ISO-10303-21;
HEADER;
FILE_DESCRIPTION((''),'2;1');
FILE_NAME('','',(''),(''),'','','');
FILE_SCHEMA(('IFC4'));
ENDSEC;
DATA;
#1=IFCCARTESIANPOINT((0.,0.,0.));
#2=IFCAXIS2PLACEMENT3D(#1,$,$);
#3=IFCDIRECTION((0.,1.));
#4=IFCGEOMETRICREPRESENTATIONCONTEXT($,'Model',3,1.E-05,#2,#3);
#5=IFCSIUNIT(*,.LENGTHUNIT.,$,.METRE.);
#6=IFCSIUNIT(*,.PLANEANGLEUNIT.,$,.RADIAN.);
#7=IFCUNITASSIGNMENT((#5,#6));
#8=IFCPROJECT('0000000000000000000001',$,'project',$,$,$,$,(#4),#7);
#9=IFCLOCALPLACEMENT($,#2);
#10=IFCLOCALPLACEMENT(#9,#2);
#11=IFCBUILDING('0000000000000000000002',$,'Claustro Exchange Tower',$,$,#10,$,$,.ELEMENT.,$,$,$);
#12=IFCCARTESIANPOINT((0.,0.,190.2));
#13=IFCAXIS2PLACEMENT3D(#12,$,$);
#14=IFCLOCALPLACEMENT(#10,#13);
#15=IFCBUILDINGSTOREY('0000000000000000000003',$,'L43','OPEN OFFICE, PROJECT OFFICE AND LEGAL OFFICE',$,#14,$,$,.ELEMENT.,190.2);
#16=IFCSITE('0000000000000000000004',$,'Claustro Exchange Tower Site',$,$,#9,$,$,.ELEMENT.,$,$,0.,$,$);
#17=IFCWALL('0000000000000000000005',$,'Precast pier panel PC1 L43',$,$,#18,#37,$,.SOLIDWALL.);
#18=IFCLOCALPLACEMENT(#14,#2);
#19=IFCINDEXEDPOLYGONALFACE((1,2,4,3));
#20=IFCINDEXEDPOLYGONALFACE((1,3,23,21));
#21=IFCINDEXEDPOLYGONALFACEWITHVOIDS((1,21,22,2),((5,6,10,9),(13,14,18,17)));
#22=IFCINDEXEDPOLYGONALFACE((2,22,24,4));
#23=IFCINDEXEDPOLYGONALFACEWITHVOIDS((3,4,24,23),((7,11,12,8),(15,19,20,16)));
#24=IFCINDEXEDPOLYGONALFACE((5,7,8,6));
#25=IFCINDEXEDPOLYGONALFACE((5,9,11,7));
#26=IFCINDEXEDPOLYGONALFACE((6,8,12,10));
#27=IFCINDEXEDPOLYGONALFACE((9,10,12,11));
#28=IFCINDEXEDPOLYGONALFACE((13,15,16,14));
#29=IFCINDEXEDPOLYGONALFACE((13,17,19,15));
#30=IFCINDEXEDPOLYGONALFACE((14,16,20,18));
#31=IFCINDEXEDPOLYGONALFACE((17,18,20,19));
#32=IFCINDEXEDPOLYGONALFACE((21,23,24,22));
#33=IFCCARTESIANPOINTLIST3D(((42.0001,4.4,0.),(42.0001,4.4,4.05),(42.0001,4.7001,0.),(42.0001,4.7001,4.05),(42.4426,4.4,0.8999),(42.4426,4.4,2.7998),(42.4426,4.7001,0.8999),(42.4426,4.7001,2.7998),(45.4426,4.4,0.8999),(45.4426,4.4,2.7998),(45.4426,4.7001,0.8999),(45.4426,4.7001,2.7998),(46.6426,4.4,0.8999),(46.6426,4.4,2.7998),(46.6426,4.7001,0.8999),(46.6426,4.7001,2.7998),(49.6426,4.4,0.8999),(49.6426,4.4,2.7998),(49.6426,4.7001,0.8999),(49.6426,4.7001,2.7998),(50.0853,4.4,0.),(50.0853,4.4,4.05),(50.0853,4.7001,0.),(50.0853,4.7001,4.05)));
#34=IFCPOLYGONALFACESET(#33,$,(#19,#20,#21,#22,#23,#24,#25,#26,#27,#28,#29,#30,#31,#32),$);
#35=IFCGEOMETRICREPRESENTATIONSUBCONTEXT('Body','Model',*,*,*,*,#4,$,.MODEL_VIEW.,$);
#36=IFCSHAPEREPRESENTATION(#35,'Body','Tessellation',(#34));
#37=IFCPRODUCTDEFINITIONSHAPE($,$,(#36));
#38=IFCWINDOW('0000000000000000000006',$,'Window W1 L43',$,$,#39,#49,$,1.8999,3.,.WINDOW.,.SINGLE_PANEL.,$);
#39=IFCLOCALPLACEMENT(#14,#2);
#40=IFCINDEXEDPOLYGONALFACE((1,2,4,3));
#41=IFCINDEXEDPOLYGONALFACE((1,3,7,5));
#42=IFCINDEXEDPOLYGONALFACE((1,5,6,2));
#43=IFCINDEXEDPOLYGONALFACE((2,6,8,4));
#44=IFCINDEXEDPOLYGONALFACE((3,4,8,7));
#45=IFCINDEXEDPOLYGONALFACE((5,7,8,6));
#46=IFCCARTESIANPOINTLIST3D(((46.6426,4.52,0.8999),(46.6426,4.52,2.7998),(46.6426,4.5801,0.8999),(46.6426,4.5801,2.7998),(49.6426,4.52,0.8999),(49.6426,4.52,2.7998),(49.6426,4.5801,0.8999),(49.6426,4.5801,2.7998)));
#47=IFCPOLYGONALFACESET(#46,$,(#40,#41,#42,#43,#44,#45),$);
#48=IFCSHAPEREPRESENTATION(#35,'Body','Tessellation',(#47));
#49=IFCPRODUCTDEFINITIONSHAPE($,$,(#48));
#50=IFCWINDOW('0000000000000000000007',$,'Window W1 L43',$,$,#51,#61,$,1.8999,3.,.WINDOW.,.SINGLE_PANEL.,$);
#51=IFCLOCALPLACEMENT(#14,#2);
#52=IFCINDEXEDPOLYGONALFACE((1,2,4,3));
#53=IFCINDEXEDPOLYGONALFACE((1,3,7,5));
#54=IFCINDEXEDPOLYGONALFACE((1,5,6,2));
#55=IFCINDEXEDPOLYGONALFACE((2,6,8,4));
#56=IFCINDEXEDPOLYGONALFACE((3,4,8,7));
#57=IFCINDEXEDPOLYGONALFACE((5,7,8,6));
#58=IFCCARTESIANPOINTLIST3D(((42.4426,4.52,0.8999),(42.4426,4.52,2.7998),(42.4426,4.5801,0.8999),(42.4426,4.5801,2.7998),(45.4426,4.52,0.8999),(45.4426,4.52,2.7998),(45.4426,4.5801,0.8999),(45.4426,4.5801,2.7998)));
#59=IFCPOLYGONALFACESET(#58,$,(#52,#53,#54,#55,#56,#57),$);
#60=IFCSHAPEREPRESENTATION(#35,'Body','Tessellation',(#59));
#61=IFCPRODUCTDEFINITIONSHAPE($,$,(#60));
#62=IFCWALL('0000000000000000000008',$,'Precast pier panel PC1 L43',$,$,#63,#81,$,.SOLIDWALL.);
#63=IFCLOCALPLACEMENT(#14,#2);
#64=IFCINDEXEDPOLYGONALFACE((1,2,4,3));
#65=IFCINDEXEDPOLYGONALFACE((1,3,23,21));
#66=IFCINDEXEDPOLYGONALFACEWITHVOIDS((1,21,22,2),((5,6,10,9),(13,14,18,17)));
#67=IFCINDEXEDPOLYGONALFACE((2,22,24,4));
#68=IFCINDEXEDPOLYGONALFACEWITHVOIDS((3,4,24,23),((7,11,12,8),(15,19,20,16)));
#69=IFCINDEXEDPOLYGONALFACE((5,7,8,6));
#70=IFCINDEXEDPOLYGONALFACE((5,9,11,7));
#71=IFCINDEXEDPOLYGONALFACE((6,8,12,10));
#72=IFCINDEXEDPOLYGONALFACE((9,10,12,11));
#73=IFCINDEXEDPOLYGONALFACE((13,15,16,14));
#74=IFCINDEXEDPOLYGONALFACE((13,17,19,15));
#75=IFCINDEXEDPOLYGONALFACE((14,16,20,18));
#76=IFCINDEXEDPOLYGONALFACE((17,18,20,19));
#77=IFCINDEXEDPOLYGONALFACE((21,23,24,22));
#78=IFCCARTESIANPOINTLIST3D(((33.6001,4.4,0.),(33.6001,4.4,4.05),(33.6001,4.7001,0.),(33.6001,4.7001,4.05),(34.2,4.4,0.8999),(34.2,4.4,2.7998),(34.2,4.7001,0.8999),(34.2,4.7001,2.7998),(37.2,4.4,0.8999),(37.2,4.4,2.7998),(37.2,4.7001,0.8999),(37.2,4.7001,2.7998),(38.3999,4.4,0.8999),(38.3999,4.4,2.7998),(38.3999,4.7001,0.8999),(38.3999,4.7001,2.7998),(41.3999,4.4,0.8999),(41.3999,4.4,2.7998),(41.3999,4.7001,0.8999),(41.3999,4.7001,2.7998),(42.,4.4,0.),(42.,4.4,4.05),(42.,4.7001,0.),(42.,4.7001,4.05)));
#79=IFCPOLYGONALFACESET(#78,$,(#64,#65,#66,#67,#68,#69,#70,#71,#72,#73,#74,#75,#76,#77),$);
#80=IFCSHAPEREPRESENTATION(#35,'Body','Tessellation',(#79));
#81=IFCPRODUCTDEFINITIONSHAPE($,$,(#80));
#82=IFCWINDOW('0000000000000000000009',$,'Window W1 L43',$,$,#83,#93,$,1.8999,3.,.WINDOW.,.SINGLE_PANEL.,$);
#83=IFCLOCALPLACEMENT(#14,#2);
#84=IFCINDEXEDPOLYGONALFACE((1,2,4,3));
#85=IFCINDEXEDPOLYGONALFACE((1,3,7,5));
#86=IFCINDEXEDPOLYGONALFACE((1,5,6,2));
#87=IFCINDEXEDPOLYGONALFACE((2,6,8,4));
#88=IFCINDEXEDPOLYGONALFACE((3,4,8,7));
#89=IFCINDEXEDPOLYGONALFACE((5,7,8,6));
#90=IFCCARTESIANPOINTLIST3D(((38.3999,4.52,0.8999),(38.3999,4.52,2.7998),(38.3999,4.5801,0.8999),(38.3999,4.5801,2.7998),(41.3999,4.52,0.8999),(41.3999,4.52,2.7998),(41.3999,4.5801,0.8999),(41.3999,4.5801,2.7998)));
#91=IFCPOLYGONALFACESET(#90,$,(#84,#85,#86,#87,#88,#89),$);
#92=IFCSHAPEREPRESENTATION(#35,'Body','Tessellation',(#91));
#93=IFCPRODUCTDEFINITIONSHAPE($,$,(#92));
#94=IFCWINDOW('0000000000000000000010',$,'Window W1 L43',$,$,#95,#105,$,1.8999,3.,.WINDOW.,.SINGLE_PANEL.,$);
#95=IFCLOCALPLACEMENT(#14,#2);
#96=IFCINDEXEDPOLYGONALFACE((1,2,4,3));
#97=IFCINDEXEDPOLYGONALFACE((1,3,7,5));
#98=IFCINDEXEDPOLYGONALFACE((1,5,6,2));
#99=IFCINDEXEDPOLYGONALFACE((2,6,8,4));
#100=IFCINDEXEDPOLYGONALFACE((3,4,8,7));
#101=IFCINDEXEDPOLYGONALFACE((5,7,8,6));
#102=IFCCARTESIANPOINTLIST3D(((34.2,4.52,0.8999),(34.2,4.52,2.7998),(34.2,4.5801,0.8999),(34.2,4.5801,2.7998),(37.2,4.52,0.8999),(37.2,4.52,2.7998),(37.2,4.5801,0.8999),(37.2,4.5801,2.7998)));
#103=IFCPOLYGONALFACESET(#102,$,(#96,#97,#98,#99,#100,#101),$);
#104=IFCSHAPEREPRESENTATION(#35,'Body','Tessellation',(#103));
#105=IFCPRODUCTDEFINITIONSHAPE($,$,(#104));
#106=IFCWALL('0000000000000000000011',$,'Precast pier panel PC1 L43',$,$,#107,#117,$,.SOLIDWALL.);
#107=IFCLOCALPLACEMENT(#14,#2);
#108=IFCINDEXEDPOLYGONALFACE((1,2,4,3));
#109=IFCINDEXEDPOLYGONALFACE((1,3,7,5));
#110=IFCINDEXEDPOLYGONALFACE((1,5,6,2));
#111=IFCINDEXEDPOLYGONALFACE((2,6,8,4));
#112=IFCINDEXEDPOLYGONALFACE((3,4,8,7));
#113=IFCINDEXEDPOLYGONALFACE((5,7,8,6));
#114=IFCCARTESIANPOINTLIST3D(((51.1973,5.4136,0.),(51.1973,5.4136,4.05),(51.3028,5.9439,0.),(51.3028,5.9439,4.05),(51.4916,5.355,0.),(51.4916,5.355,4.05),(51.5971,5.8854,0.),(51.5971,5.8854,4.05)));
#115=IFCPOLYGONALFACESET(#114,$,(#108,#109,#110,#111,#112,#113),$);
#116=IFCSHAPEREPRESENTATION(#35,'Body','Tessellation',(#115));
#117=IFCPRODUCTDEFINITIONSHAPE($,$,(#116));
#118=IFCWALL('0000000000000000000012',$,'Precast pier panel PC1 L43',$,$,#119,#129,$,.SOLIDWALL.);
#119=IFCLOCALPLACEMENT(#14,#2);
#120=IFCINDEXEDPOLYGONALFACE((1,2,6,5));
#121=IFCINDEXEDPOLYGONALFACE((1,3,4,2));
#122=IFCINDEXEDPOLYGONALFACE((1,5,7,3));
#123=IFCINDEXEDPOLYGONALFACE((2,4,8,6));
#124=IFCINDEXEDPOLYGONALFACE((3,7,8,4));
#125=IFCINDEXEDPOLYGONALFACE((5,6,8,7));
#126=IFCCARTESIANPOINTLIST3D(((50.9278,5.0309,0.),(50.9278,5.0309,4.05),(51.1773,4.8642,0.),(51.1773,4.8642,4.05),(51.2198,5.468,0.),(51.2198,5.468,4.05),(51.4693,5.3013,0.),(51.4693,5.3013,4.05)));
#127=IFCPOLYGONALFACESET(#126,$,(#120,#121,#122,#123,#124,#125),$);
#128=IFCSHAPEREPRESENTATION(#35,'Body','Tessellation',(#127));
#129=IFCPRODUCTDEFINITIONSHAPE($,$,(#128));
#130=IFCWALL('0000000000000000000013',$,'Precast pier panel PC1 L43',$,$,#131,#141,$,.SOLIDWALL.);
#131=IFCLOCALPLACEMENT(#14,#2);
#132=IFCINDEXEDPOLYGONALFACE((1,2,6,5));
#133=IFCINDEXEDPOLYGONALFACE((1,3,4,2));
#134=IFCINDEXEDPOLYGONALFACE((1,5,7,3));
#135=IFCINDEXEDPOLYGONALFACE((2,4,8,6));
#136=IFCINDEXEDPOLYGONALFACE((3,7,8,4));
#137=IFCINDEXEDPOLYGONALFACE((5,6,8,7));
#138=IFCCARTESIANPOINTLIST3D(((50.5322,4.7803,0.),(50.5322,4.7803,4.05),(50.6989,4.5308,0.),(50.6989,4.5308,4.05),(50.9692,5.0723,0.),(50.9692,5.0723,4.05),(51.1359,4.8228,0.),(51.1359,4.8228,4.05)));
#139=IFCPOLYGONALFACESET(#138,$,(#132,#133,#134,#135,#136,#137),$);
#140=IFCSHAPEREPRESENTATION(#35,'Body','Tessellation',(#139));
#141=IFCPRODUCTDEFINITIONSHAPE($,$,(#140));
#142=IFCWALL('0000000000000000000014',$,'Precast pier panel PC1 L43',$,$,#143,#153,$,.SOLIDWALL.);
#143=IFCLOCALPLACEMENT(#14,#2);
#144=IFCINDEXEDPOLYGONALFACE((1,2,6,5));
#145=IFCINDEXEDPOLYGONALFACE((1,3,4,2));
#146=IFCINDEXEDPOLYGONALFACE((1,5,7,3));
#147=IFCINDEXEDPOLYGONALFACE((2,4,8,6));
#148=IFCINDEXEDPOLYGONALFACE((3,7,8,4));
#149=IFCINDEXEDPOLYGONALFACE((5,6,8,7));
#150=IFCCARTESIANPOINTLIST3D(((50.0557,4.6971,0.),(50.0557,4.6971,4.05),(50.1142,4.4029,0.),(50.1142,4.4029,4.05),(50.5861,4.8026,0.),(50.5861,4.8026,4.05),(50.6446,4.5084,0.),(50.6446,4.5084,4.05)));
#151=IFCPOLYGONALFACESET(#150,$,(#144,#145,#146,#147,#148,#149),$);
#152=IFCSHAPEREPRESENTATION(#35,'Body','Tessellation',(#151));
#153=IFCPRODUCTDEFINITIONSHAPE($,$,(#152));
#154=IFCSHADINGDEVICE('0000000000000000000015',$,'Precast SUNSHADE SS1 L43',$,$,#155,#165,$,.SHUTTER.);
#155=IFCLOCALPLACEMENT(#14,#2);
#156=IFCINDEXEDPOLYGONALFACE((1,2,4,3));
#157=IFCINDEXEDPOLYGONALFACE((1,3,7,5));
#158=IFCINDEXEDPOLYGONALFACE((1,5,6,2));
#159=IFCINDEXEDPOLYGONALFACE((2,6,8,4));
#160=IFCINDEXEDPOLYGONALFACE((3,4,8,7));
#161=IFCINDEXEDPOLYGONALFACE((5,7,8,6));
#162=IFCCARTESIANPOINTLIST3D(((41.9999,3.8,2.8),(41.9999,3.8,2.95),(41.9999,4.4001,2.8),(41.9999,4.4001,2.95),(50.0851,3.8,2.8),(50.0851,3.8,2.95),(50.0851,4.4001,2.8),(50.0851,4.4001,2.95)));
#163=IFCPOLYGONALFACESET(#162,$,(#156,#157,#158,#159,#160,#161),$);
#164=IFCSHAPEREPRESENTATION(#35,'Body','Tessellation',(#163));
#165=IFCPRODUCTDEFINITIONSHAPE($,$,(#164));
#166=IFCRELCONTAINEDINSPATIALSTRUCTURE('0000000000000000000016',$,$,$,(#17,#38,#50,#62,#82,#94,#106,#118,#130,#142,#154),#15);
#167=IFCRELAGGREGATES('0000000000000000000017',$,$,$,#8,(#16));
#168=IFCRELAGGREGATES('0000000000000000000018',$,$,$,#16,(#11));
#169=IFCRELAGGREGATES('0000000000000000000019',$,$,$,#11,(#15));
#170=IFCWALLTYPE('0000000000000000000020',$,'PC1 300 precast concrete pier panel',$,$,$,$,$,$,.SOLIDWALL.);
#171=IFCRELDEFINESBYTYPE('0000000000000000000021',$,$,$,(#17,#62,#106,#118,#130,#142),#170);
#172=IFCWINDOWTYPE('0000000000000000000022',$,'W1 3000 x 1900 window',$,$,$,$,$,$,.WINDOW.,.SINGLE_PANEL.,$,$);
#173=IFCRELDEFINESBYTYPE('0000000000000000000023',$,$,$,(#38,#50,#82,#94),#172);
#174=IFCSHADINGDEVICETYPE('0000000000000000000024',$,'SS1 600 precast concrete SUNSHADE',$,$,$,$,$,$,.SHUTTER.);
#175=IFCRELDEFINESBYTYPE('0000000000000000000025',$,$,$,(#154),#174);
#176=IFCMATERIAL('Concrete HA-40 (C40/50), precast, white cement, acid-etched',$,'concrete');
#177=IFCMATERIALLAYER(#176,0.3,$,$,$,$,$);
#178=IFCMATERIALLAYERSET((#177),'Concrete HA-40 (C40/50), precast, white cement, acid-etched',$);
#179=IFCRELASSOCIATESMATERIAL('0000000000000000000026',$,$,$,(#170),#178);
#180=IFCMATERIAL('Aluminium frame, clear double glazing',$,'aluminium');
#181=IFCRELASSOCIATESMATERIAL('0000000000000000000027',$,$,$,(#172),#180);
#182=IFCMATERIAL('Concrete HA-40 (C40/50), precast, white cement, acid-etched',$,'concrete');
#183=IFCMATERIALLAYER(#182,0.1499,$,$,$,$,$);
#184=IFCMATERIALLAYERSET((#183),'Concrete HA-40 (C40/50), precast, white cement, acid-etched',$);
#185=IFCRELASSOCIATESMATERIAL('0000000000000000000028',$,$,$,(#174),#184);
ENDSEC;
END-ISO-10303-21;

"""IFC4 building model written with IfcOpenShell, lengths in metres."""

from ifc_helpers import new_model, si_unit, direction, frame, frame_2d, origin, origin_2d, place, context, subcontext, project, spatial, rectangle, extrude, material, layer, layer_set, type_object, element, fill, save


model = new_model("IFC4")

# Units and contexts
model_context = context("Model", 3, precision=1e-05, world=origin(), true_north=direction((0.0, 1.0)))
body_context = subcontext(model_context, "Body", "Model", "MODEL_VIEW")
ifc_project = project(units=[si_unit("LENGTHUNIT", "METRE"), si_unit("PLANEANGLEUNIT", "RADIAN")], contexts=[model_context])

# Site, building, storey
site_placement = place(None, origin())
site = spatial("IfcSite", under=ifc_project, at=site_placement, Name="Claustro Exchange Tower Site", CompositionType="ELEMENT", RefElevation=0.0)
building_placement = place(site_placement, origin())
building = spatial("IfcBuilding", under=site, at=building_placement, Name="Claustro Exchange Tower", CompositionType="ELEMENT")
storey_placement = place(building_placement, frame((0.0, 0.0, 190.2)))
storey = spatial("IfcBuildingStorey", under=building, at=storey_placement, Name="L43", Description="OPEN OFFICE, PROJECT OFFICE AND LEGAL OFFICE", CompositionType="ELEMENT", Elevation=190.2)

# Walls, openings, windows
ifc_material_1 = material(Name="Concrete HA-40 (C40/50), precast, white cement, acid-etched", Category="concrete")
ifc_layer_1 = layer(ifc_material_1, 0.3)
ifc_layer_set_1 = layer_set([ifc_layer_1], Name="Concrete HA-40 (C40/50), precast, white cement, acid-etched")
wall_type_1 = type_object("IfcWallType", Name="PC1 300 precast concrete pier panel", PredefinedType="SOLIDWALL", material=ifc_layer_set_1)
wall_1_placement = place(storey_placement, frame((50.0852, 4.55, 0.0), z_axis=(0.0, 0.0, 1.0), x_axis=(-1.0, 0.0, 0.0)))
wall_1 = element("IfcWall", 1, at=wall_1_placement, inside=storey, type_object=wall_type_1, Name="Precast pier panel PC1 L43", PredefinedType="SOLIDWALL", context=body_context, shape_type="SweptSolid", body=[
    extrude(rectangle(XDim=8.0852, YDim=0.3, at=frame_2d((4.0425, 0.0))), origin(), (0.0, 0.0, 1.0), 4.05),
])
opening_1_placement = place(wall_1_placement, frame((0.4426, 0.0, 0.8999)))
opening_1 = element("IfcOpeningElement", 2, at=opening_1_placement, cuts=wall_1, PredefinedType="OPENING", context=body_context, shape_type="SweptSolid", body=[
    extrude(rectangle(XDim=3.0, YDim=1.8999, at=frame_2d((1.5, 0.95))), frame((0.0, 0.1599, 0.0), z_axis=(0.0, -1.0, 0.0), x_axis=(1.0, 0.0, 0.0)), (0.0, 0.0, 1.0), 0.3201),
])
opening_2_placement = place(wall_1_placement, frame((4.6426, 0.0, 0.8999)))
opening_2 = element("IfcOpeningElement", 3, at=opening_2_placement, cuts=wall_1, PredefinedType="OPENING", context=body_context, shape_type="SweptSolid", body=[
    extrude(rectangle(XDim=3.0, YDim=1.8999, at=frame_2d((1.5, 0.95))), frame((0.0, 0.1599, 0.0), z_axis=(0.0, -1.0, 0.0), x_axis=(1.0, 0.0, 0.0)), (0.0, 0.0, 1.0), 0.3201),
])
ifc_material_2 = material(Name="Aluminium frame, clear double glazing", Category="aluminium")
window_type = type_object("IfcWindowType", Name="W1 3000 x 1900 window", PartitioningType="SINGLE_PANEL", PredefinedType="WINDOW", material=ifc_material_2)
window_1_placement = place(opening_1_placement, origin())
window_1 = element("IfcWindow", 4, at=window_1_placement, inside=storey, type_object=window_type, Name="Window W1 L43", OverallHeight=1.8999, OverallWidth=3.0, PartitioningType="SINGLE_PANEL", PredefinedType="WINDOW", context=body_context, shape_type="SweptSolid", body=[
    extrude(rectangle(XDim=3.0, YDim=1.8999, at=frame_2d((1.5, 0.95))), frame((0.0, 0.03, 0.0), z_axis=(0.0, -1.0, 0.0), x_axis=(1.0, 0.0, 0.0)), (0.0, 0.0, 1.0), 0.0601),
])
fill(opening_1, window_1)
window_2_placement = place(opening_2_placement, origin())
window_2 = element("IfcWindow", 5, at=window_2_placement, inside=storey, type_object=window_type, Name="Window W1 L43", OverallHeight=1.8999, OverallWidth=3.0, PartitioningType="SINGLE_PANEL", PredefinedType="WINDOW", context=body_context, shape_type="SweptSolid", body=[
    extrude(rectangle(XDim=3.0, YDim=1.8999, at=frame_2d((1.5, 0.95))), frame((0.0, 0.03, 0.0), z_axis=(0.0, -1.0, 0.0), x_axis=(1.0, 0.0, 0.0)), (0.0, 0.0, 1.0), 0.0601),
])
fill(opening_2, window_2)
wall_2_placement = place(storey_placement, frame((42.0, 4.55, 0.0), z_axis=(0.0, 0.0, 1.0), x_axis=(-1.0, 0.0, 0.0)))
wall_2 = element("IfcWall", 6, at=wall_2_placement, inside=storey, type_object=wall_type_1, Name="Precast pier panel PC1 L43", PredefinedType="SOLIDWALL", context=body_context, shape_type="SweptSolid", body=[
    extrude(rectangle(XDim=8.3999, YDim=0.3, at=frame_2d((4.2, 0.0))), origin(), (0.0, 0.0, 1.0), 4.05),
])
opening_3_placement = place(wall_2_placement, frame((0.6001, 0.0, 0.8999)))
opening_3 = element("IfcOpeningElement", 7, at=opening_3_placement, cuts=wall_2, PredefinedType="OPENING", context=body_context, shape_type="SweptSolid", body=[
    extrude(rectangle(XDim=3.0, YDim=1.8999, at=frame_2d((1.5, 0.95))), frame((0.0, 0.1599, 0.0), z_axis=(0.0, -1.0, 0.0), x_axis=(1.0, 0.0, 0.0)), (0.0, 0.0, 1.0), 0.3201),
])
opening_4_placement = place(wall_2_placement, frame((4.8, 0.0, 0.8999)))
opening_4 = element("IfcOpeningElement", 8, at=opening_4_placement, cuts=wall_2, PredefinedType="OPENING", context=body_context, shape_type="SweptSolid", body=[
    extrude(rectangle(XDim=3.0, YDim=1.8999, at=frame_2d((1.5, 0.95))), frame((0.0, 0.1599, 0.0), z_axis=(0.0, -1.0, 0.0), x_axis=(1.0, 0.0, 0.0)), (0.0, 0.0, 1.0), 0.3201),
])
window_3_placement = place(opening_3_placement, origin())
window_3 = element("IfcWindow", 9, at=window_3_placement, inside=storey, type_object=window_type, Name="Window W1 L43", OverallHeight=1.8999, OverallWidth=3.0, PartitioningType="SINGLE_PANEL", PredefinedType="WINDOW", context=body_context, shape_type="SweptSolid", body=[
    extrude(rectangle(XDim=3.0, YDim=1.8999, at=frame_2d((1.5, 0.95))), frame((0.0, 0.03, 0.0), z_axis=(0.0, -1.0, 0.0), x_axis=(1.0, 0.0, 0.0)), (0.0, 0.0, 1.0), 0.0601),
])
fill(opening_3, window_3)
window_4_placement = place(opening_4_placement, origin())
window_4 = element("IfcWindow", 10, at=window_4_placement, inside=storey, type_object=window_type, Name="Window W1 L43", OverallHeight=1.8999, OverallWidth=3.0, PartitioningType="SINGLE_PANEL", PredefinedType="WINDOW", context=body_context, shape_type="SweptSolid", body=[
    extrude(rectangle(XDim=3.0, YDim=1.8999, at=frame_2d((1.5, 0.95))), frame((0.0, 0.03, 0.0), z_axis=(0.0, -1.0, 0.0), x_axis=(1.0, 0.0, 0.0)), (0.0, 0.0, 1.0), 0.0601),
])
fill(opening_4, window_4)

# Walls
wall_3_placement = place(storey_placement, frame((51.45, 5.9148, 0.0), z_axis=(0.0, 0.0, 1.0), x_axis=(-0.195074, -0.980789, 0.0)))
element("IfcWall", 11, at=wall_3_placement, inside=storey, type_object=wall_type_1, Name="Precast pier panel PC1 L43", PredefinedType="SOLIDWALL", context=body_context, shape_type="SweptSolid", body=[
    extrude(rectangle(XDim=0.5408, YDim=0.3, at=frame_2d((0.2705, 0.0))), origin(), (0.0, 0.0, 1.0), 4.05),
])
for number, where, z_axis, x_axis, name in (
    (12, (51.3445, 5.3845, 0.0), (0.0, 0.0, 1.0), (-0.555557, -0.831478, 0.0), "Precast pier panel PC1 L43"),
    (13, (51.0525, 4.9475, 0.0), (0.0, 0.0, 1.0), (-0.831478, -0.555557, 0.0), "Precast pier panel PC1 L43"),
):
    element("IfcWall", number, at=place(storey_placement, frame(where, z_axis=z_axis, x_axis=x_axis)), inside=storey, type_object=wall_type_1, Name=name, PredefinedType="SOLIDWALL", context=body_context, shape_type="SweptSolid", body=[
        extrude(rectangle(XDim=0.5256, YDim=0.3, at=frame_2d((0.2627, 0.0))), origin(), (0.0, 0.0, 1.0), 4.05),
    ])
wall_4_placement = place(storey_placement, frame((50.6155, 4.6555, 0.0), z_axis=(0.0, 0.0, 1.0), x_axis=(-0.980789, -0.195074, 0.0)))
element("IfcWall", 14, at=wall_4_placement, inside=storey, type_object=wall_type_1, Name="Precast pier panel PC1 L43", PredefinedType="SOLIDWALL", context=body_context, shape_type="SweptSolid", body=[
    extrude(rectangle(XDim=0.5408, YDim=0.3, at=frame_2d((0.2705, 0.0))), origin(), (0.0, 0.0, 1.0), 4.05),
])

# Shading device
ifc_material_3 = material(Name="Concrete HA-40 (C40/50), precast, white cement, acid-etched", Category="concrete")
ifc_layer_2 = layer(ifc_material_3, 0.1499)
ifc_layer_set_2 = layer_set([ifc_layer_2], Name="Concrete HA-40 (C40/50), precast, white cement, acid-etched")
shading_device_type = type_object("IfcShadingDeviceType", Name="SS1 600 precast concrete SUNSHADE", PredefinedType="SHUTTER", material=ifc_layer_set_2)
shading_device_placement = place(storey_placement, frame((46.0425, 4.1001, 2.8), z_axis=(0.0, 0.0, 1.0), x_axis=(-1.0, 0.0, 0.0)))
element("IfcShadingDevice", 15, at=shading_device_placement, inside=storey, type_object=shading_device_type, Name="Precast SUNSHADE SS1 L43", PredefinedType="SHUTTER", context=body_context, shape_type="SweptSolid", body=[
    extrude(rectangle(XDim=8.0852, YDim=0.6001, at=origin_2d()), origin(), (0.0, 0.0, 1.0), 0.1499),
])

save(model, "model.ifc")
